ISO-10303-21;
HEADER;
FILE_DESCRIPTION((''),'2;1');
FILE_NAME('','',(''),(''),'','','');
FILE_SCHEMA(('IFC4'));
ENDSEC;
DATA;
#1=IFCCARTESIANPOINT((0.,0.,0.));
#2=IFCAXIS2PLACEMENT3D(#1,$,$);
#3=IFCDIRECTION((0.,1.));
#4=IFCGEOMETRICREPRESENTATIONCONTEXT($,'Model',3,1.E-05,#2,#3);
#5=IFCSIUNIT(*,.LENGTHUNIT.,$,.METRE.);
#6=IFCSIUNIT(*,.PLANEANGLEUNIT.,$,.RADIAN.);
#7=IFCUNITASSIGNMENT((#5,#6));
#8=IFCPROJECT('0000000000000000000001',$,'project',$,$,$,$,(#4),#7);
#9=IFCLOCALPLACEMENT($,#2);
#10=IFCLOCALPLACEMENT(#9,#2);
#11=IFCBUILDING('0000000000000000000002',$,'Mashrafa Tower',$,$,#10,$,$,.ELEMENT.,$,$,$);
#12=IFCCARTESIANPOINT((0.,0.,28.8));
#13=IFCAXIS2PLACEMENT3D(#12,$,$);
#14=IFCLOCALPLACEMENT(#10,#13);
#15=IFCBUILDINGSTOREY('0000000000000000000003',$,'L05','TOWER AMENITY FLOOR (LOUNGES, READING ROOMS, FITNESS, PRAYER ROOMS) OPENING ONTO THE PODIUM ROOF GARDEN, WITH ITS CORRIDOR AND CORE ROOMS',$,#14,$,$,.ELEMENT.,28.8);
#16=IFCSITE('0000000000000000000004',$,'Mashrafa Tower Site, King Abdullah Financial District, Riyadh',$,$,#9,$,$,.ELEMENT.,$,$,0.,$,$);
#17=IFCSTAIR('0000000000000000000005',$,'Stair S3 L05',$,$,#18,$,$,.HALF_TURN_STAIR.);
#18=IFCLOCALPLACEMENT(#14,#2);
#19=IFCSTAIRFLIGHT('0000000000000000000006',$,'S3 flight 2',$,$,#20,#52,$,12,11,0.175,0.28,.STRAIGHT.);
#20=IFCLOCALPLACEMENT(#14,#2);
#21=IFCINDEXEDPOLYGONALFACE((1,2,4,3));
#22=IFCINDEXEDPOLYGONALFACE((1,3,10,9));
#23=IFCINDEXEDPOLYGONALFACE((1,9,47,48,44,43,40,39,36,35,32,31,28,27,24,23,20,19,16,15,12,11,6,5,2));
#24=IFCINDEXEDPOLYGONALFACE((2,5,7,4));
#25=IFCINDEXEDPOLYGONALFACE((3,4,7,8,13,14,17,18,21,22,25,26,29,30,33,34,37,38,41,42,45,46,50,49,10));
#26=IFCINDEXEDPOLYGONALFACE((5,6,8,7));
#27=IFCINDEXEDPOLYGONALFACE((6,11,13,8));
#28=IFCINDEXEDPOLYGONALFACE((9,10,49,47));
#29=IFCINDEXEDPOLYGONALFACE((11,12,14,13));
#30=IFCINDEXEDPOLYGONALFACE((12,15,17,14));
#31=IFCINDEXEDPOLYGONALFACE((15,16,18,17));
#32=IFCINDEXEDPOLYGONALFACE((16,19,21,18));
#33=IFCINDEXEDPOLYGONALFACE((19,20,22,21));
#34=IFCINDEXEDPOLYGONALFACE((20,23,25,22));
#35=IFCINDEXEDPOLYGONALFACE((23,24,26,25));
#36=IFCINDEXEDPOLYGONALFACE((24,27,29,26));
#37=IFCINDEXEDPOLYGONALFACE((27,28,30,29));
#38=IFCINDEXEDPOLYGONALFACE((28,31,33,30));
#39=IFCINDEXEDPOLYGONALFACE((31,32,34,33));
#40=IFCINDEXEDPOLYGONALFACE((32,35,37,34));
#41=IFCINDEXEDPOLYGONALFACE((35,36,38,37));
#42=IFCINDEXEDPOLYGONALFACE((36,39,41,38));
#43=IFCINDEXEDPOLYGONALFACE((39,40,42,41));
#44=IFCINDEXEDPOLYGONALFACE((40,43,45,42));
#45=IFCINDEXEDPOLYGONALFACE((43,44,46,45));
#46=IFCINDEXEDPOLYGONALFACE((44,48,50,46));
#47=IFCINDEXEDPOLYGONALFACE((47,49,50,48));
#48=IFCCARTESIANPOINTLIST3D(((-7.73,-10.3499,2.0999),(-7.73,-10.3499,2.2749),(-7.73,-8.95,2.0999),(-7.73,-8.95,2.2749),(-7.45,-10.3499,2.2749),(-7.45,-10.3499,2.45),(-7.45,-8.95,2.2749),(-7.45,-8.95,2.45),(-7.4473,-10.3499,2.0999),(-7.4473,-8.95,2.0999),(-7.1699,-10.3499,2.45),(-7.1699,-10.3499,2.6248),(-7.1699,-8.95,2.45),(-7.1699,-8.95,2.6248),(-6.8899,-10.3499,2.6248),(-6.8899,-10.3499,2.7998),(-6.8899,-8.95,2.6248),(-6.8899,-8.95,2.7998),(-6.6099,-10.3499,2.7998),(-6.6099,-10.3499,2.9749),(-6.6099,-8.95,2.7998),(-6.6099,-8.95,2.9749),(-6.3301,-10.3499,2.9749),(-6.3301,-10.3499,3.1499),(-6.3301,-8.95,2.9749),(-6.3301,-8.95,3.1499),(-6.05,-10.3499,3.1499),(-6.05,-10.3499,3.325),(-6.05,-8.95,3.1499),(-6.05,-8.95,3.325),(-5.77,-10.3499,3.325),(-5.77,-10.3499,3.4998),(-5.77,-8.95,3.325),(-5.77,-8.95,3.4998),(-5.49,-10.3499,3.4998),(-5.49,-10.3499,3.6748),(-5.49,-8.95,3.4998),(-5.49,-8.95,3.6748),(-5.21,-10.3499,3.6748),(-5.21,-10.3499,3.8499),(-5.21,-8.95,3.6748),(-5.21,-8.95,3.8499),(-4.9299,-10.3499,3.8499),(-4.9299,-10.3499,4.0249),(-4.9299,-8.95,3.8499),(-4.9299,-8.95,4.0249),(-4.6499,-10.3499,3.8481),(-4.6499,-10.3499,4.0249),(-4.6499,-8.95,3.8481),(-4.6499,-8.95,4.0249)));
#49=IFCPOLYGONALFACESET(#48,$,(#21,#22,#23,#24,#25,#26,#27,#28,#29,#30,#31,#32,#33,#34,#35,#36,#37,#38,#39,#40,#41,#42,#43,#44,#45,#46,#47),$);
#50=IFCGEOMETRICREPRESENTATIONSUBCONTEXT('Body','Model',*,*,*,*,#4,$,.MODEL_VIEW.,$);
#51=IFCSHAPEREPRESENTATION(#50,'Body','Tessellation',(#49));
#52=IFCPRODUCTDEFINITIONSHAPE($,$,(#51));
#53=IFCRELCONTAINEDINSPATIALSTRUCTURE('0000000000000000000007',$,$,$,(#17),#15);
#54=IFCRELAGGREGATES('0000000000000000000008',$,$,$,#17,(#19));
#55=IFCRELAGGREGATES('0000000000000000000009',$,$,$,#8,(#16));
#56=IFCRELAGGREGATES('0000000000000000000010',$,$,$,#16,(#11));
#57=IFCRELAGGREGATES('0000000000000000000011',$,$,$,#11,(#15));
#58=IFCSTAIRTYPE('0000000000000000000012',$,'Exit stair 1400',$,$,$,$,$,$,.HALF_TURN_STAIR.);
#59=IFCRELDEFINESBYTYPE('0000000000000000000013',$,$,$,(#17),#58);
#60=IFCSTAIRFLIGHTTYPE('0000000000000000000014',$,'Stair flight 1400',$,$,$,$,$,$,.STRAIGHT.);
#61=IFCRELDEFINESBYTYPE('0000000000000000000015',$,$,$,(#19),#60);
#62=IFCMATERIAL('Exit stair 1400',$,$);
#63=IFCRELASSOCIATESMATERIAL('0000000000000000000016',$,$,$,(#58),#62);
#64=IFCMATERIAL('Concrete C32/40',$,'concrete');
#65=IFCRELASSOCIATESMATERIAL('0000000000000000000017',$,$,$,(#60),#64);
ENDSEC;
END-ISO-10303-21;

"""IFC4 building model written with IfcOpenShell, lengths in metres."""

from ifc_helpers import new_model, si_unit, direction, frame, origin, place, context, subcontext, project, spatial, polyline, outline, extrude, material, type_object, element, aggregate, save


model = new_model("IFC4")

# Units and contexts
model_context = context("Model", 3, precision=1e-05, world=origin(), true_north=direction((0.0, 1.0)))
body_context = subcontext(model_context, "Body", "Model", "MODEL_VIEW")
ifc_project = project(units=[si_unit("LENGTHUNIT", "METRE"), si_unit("PLANEANGLEUNIT", "RADIAN")], contexts=[model_context])

# Site, building, storey
site_placement = place(None, origin())
site = spatial("IfcSite", under=ifc_project, at=site_placement, Name="Mashrafa Tower Site, King Abdullah Financial District, Riyadh", CompositionType="ELEMENT", RefElevation=0.0)
building_placement = place(site_placement, origin())
building = spatial("IfcBuilding", under=site, at=building_placement, Name="Mashrafa Tower", CompositionType="ELEMENT")
storey_placement = place(building_placement, frame((0.0, 0.0, 28.8)))
storey = spatial("IfcBuildingStorey", under=building, at=storey_placement, Name="L05", Description="TOWER AMENITY FLOOR (LOUNGES, READING ROOMS, FITNESS, PRAYER ROOMS) OPENING ONTO THE PODIUM ROOF GARDEN, WITH ITS CORRIDOR AND CORE ROOMS", CompositionType="ELEMENT", Elevation=28.8)

# Stair, stair flight
ifc_material_1 = material(Name="Exit stair 1400")
stair_type = type_object("IfcStairType", Name="Exit stair 1400", PredefinedType="HALF_TURN_STAIR", material=ifc_material_1)
stair_placement = place(storey_placement, origin())
stair = element("IfcStair", 1, at=stair_placement, inside=storey, type_object=stair_type, Name="Stair S3 L05", PredefinedType="HALF_TURN_STAIR")
ifc_material_2 = material(Name="Concrete C32/40", Category="concrete")
stair_flight_type = type_object("IfcStairFlightType", Name="Stair flight 1400", PredefinedType="STRAIGHT", material=ifc_material_2)
stair_flight_1_placement = place(storey_placement, frame((-7.73, -9.6499, 2.0999), z_axis=(0.0, 0.0, 1.0), x_axis=(1.0, 0.0, 0.0)))
stair_flight_1 = element("IfcStairFlight", 2, at=stair_flight_1_placement, type_object=stair_flight_type, Name="S3 flight 2", NumberOfRisers=12, NumberOfTreads=11, PredefinedType="STRAIGHT", RiserHeight=0.175, TreadLength=0.28, context=body_context, shape_type="SweptSolid", body=[
    extrude(outline(polyline([(0.0, 0.0), (0.0, 0.175), (0.28, 0.175), (0.28, 0.3501), (0.5601, 0.3501), (0.5601, 0.5249), (0.8401, 0.5249), (0.8401, 0.7), (1.1201, 0.7), (1.1201, 0.875), (1.3999, 0.875), (1.3999, 1.05), (1.6799, 1.05), (1.6799, 1.2251), (1.96, 1.2251), (1.96, 1.3999), (2.24, 1.3999), (2.24, 1.575), (2.52, 1.575), (2.52, 1.75), (2.8, 1.75), (2.8, 1.925), (3.0801, 1.925), (3.0801, 2.1001), (3.0801, 1.7483), (0.2827, 0.0), (0.0, 0.0)])), frame((0.0, 0.7, 0.0), z_axis=(0.0, -1.0, 0.0), x_axis=(1.0, 0.0, 0.0)), (0.0, 0.0, 1.0), 1.3999),
])
aggregate(stair, [stair_flight_1])

save(model, "model.ifc")
